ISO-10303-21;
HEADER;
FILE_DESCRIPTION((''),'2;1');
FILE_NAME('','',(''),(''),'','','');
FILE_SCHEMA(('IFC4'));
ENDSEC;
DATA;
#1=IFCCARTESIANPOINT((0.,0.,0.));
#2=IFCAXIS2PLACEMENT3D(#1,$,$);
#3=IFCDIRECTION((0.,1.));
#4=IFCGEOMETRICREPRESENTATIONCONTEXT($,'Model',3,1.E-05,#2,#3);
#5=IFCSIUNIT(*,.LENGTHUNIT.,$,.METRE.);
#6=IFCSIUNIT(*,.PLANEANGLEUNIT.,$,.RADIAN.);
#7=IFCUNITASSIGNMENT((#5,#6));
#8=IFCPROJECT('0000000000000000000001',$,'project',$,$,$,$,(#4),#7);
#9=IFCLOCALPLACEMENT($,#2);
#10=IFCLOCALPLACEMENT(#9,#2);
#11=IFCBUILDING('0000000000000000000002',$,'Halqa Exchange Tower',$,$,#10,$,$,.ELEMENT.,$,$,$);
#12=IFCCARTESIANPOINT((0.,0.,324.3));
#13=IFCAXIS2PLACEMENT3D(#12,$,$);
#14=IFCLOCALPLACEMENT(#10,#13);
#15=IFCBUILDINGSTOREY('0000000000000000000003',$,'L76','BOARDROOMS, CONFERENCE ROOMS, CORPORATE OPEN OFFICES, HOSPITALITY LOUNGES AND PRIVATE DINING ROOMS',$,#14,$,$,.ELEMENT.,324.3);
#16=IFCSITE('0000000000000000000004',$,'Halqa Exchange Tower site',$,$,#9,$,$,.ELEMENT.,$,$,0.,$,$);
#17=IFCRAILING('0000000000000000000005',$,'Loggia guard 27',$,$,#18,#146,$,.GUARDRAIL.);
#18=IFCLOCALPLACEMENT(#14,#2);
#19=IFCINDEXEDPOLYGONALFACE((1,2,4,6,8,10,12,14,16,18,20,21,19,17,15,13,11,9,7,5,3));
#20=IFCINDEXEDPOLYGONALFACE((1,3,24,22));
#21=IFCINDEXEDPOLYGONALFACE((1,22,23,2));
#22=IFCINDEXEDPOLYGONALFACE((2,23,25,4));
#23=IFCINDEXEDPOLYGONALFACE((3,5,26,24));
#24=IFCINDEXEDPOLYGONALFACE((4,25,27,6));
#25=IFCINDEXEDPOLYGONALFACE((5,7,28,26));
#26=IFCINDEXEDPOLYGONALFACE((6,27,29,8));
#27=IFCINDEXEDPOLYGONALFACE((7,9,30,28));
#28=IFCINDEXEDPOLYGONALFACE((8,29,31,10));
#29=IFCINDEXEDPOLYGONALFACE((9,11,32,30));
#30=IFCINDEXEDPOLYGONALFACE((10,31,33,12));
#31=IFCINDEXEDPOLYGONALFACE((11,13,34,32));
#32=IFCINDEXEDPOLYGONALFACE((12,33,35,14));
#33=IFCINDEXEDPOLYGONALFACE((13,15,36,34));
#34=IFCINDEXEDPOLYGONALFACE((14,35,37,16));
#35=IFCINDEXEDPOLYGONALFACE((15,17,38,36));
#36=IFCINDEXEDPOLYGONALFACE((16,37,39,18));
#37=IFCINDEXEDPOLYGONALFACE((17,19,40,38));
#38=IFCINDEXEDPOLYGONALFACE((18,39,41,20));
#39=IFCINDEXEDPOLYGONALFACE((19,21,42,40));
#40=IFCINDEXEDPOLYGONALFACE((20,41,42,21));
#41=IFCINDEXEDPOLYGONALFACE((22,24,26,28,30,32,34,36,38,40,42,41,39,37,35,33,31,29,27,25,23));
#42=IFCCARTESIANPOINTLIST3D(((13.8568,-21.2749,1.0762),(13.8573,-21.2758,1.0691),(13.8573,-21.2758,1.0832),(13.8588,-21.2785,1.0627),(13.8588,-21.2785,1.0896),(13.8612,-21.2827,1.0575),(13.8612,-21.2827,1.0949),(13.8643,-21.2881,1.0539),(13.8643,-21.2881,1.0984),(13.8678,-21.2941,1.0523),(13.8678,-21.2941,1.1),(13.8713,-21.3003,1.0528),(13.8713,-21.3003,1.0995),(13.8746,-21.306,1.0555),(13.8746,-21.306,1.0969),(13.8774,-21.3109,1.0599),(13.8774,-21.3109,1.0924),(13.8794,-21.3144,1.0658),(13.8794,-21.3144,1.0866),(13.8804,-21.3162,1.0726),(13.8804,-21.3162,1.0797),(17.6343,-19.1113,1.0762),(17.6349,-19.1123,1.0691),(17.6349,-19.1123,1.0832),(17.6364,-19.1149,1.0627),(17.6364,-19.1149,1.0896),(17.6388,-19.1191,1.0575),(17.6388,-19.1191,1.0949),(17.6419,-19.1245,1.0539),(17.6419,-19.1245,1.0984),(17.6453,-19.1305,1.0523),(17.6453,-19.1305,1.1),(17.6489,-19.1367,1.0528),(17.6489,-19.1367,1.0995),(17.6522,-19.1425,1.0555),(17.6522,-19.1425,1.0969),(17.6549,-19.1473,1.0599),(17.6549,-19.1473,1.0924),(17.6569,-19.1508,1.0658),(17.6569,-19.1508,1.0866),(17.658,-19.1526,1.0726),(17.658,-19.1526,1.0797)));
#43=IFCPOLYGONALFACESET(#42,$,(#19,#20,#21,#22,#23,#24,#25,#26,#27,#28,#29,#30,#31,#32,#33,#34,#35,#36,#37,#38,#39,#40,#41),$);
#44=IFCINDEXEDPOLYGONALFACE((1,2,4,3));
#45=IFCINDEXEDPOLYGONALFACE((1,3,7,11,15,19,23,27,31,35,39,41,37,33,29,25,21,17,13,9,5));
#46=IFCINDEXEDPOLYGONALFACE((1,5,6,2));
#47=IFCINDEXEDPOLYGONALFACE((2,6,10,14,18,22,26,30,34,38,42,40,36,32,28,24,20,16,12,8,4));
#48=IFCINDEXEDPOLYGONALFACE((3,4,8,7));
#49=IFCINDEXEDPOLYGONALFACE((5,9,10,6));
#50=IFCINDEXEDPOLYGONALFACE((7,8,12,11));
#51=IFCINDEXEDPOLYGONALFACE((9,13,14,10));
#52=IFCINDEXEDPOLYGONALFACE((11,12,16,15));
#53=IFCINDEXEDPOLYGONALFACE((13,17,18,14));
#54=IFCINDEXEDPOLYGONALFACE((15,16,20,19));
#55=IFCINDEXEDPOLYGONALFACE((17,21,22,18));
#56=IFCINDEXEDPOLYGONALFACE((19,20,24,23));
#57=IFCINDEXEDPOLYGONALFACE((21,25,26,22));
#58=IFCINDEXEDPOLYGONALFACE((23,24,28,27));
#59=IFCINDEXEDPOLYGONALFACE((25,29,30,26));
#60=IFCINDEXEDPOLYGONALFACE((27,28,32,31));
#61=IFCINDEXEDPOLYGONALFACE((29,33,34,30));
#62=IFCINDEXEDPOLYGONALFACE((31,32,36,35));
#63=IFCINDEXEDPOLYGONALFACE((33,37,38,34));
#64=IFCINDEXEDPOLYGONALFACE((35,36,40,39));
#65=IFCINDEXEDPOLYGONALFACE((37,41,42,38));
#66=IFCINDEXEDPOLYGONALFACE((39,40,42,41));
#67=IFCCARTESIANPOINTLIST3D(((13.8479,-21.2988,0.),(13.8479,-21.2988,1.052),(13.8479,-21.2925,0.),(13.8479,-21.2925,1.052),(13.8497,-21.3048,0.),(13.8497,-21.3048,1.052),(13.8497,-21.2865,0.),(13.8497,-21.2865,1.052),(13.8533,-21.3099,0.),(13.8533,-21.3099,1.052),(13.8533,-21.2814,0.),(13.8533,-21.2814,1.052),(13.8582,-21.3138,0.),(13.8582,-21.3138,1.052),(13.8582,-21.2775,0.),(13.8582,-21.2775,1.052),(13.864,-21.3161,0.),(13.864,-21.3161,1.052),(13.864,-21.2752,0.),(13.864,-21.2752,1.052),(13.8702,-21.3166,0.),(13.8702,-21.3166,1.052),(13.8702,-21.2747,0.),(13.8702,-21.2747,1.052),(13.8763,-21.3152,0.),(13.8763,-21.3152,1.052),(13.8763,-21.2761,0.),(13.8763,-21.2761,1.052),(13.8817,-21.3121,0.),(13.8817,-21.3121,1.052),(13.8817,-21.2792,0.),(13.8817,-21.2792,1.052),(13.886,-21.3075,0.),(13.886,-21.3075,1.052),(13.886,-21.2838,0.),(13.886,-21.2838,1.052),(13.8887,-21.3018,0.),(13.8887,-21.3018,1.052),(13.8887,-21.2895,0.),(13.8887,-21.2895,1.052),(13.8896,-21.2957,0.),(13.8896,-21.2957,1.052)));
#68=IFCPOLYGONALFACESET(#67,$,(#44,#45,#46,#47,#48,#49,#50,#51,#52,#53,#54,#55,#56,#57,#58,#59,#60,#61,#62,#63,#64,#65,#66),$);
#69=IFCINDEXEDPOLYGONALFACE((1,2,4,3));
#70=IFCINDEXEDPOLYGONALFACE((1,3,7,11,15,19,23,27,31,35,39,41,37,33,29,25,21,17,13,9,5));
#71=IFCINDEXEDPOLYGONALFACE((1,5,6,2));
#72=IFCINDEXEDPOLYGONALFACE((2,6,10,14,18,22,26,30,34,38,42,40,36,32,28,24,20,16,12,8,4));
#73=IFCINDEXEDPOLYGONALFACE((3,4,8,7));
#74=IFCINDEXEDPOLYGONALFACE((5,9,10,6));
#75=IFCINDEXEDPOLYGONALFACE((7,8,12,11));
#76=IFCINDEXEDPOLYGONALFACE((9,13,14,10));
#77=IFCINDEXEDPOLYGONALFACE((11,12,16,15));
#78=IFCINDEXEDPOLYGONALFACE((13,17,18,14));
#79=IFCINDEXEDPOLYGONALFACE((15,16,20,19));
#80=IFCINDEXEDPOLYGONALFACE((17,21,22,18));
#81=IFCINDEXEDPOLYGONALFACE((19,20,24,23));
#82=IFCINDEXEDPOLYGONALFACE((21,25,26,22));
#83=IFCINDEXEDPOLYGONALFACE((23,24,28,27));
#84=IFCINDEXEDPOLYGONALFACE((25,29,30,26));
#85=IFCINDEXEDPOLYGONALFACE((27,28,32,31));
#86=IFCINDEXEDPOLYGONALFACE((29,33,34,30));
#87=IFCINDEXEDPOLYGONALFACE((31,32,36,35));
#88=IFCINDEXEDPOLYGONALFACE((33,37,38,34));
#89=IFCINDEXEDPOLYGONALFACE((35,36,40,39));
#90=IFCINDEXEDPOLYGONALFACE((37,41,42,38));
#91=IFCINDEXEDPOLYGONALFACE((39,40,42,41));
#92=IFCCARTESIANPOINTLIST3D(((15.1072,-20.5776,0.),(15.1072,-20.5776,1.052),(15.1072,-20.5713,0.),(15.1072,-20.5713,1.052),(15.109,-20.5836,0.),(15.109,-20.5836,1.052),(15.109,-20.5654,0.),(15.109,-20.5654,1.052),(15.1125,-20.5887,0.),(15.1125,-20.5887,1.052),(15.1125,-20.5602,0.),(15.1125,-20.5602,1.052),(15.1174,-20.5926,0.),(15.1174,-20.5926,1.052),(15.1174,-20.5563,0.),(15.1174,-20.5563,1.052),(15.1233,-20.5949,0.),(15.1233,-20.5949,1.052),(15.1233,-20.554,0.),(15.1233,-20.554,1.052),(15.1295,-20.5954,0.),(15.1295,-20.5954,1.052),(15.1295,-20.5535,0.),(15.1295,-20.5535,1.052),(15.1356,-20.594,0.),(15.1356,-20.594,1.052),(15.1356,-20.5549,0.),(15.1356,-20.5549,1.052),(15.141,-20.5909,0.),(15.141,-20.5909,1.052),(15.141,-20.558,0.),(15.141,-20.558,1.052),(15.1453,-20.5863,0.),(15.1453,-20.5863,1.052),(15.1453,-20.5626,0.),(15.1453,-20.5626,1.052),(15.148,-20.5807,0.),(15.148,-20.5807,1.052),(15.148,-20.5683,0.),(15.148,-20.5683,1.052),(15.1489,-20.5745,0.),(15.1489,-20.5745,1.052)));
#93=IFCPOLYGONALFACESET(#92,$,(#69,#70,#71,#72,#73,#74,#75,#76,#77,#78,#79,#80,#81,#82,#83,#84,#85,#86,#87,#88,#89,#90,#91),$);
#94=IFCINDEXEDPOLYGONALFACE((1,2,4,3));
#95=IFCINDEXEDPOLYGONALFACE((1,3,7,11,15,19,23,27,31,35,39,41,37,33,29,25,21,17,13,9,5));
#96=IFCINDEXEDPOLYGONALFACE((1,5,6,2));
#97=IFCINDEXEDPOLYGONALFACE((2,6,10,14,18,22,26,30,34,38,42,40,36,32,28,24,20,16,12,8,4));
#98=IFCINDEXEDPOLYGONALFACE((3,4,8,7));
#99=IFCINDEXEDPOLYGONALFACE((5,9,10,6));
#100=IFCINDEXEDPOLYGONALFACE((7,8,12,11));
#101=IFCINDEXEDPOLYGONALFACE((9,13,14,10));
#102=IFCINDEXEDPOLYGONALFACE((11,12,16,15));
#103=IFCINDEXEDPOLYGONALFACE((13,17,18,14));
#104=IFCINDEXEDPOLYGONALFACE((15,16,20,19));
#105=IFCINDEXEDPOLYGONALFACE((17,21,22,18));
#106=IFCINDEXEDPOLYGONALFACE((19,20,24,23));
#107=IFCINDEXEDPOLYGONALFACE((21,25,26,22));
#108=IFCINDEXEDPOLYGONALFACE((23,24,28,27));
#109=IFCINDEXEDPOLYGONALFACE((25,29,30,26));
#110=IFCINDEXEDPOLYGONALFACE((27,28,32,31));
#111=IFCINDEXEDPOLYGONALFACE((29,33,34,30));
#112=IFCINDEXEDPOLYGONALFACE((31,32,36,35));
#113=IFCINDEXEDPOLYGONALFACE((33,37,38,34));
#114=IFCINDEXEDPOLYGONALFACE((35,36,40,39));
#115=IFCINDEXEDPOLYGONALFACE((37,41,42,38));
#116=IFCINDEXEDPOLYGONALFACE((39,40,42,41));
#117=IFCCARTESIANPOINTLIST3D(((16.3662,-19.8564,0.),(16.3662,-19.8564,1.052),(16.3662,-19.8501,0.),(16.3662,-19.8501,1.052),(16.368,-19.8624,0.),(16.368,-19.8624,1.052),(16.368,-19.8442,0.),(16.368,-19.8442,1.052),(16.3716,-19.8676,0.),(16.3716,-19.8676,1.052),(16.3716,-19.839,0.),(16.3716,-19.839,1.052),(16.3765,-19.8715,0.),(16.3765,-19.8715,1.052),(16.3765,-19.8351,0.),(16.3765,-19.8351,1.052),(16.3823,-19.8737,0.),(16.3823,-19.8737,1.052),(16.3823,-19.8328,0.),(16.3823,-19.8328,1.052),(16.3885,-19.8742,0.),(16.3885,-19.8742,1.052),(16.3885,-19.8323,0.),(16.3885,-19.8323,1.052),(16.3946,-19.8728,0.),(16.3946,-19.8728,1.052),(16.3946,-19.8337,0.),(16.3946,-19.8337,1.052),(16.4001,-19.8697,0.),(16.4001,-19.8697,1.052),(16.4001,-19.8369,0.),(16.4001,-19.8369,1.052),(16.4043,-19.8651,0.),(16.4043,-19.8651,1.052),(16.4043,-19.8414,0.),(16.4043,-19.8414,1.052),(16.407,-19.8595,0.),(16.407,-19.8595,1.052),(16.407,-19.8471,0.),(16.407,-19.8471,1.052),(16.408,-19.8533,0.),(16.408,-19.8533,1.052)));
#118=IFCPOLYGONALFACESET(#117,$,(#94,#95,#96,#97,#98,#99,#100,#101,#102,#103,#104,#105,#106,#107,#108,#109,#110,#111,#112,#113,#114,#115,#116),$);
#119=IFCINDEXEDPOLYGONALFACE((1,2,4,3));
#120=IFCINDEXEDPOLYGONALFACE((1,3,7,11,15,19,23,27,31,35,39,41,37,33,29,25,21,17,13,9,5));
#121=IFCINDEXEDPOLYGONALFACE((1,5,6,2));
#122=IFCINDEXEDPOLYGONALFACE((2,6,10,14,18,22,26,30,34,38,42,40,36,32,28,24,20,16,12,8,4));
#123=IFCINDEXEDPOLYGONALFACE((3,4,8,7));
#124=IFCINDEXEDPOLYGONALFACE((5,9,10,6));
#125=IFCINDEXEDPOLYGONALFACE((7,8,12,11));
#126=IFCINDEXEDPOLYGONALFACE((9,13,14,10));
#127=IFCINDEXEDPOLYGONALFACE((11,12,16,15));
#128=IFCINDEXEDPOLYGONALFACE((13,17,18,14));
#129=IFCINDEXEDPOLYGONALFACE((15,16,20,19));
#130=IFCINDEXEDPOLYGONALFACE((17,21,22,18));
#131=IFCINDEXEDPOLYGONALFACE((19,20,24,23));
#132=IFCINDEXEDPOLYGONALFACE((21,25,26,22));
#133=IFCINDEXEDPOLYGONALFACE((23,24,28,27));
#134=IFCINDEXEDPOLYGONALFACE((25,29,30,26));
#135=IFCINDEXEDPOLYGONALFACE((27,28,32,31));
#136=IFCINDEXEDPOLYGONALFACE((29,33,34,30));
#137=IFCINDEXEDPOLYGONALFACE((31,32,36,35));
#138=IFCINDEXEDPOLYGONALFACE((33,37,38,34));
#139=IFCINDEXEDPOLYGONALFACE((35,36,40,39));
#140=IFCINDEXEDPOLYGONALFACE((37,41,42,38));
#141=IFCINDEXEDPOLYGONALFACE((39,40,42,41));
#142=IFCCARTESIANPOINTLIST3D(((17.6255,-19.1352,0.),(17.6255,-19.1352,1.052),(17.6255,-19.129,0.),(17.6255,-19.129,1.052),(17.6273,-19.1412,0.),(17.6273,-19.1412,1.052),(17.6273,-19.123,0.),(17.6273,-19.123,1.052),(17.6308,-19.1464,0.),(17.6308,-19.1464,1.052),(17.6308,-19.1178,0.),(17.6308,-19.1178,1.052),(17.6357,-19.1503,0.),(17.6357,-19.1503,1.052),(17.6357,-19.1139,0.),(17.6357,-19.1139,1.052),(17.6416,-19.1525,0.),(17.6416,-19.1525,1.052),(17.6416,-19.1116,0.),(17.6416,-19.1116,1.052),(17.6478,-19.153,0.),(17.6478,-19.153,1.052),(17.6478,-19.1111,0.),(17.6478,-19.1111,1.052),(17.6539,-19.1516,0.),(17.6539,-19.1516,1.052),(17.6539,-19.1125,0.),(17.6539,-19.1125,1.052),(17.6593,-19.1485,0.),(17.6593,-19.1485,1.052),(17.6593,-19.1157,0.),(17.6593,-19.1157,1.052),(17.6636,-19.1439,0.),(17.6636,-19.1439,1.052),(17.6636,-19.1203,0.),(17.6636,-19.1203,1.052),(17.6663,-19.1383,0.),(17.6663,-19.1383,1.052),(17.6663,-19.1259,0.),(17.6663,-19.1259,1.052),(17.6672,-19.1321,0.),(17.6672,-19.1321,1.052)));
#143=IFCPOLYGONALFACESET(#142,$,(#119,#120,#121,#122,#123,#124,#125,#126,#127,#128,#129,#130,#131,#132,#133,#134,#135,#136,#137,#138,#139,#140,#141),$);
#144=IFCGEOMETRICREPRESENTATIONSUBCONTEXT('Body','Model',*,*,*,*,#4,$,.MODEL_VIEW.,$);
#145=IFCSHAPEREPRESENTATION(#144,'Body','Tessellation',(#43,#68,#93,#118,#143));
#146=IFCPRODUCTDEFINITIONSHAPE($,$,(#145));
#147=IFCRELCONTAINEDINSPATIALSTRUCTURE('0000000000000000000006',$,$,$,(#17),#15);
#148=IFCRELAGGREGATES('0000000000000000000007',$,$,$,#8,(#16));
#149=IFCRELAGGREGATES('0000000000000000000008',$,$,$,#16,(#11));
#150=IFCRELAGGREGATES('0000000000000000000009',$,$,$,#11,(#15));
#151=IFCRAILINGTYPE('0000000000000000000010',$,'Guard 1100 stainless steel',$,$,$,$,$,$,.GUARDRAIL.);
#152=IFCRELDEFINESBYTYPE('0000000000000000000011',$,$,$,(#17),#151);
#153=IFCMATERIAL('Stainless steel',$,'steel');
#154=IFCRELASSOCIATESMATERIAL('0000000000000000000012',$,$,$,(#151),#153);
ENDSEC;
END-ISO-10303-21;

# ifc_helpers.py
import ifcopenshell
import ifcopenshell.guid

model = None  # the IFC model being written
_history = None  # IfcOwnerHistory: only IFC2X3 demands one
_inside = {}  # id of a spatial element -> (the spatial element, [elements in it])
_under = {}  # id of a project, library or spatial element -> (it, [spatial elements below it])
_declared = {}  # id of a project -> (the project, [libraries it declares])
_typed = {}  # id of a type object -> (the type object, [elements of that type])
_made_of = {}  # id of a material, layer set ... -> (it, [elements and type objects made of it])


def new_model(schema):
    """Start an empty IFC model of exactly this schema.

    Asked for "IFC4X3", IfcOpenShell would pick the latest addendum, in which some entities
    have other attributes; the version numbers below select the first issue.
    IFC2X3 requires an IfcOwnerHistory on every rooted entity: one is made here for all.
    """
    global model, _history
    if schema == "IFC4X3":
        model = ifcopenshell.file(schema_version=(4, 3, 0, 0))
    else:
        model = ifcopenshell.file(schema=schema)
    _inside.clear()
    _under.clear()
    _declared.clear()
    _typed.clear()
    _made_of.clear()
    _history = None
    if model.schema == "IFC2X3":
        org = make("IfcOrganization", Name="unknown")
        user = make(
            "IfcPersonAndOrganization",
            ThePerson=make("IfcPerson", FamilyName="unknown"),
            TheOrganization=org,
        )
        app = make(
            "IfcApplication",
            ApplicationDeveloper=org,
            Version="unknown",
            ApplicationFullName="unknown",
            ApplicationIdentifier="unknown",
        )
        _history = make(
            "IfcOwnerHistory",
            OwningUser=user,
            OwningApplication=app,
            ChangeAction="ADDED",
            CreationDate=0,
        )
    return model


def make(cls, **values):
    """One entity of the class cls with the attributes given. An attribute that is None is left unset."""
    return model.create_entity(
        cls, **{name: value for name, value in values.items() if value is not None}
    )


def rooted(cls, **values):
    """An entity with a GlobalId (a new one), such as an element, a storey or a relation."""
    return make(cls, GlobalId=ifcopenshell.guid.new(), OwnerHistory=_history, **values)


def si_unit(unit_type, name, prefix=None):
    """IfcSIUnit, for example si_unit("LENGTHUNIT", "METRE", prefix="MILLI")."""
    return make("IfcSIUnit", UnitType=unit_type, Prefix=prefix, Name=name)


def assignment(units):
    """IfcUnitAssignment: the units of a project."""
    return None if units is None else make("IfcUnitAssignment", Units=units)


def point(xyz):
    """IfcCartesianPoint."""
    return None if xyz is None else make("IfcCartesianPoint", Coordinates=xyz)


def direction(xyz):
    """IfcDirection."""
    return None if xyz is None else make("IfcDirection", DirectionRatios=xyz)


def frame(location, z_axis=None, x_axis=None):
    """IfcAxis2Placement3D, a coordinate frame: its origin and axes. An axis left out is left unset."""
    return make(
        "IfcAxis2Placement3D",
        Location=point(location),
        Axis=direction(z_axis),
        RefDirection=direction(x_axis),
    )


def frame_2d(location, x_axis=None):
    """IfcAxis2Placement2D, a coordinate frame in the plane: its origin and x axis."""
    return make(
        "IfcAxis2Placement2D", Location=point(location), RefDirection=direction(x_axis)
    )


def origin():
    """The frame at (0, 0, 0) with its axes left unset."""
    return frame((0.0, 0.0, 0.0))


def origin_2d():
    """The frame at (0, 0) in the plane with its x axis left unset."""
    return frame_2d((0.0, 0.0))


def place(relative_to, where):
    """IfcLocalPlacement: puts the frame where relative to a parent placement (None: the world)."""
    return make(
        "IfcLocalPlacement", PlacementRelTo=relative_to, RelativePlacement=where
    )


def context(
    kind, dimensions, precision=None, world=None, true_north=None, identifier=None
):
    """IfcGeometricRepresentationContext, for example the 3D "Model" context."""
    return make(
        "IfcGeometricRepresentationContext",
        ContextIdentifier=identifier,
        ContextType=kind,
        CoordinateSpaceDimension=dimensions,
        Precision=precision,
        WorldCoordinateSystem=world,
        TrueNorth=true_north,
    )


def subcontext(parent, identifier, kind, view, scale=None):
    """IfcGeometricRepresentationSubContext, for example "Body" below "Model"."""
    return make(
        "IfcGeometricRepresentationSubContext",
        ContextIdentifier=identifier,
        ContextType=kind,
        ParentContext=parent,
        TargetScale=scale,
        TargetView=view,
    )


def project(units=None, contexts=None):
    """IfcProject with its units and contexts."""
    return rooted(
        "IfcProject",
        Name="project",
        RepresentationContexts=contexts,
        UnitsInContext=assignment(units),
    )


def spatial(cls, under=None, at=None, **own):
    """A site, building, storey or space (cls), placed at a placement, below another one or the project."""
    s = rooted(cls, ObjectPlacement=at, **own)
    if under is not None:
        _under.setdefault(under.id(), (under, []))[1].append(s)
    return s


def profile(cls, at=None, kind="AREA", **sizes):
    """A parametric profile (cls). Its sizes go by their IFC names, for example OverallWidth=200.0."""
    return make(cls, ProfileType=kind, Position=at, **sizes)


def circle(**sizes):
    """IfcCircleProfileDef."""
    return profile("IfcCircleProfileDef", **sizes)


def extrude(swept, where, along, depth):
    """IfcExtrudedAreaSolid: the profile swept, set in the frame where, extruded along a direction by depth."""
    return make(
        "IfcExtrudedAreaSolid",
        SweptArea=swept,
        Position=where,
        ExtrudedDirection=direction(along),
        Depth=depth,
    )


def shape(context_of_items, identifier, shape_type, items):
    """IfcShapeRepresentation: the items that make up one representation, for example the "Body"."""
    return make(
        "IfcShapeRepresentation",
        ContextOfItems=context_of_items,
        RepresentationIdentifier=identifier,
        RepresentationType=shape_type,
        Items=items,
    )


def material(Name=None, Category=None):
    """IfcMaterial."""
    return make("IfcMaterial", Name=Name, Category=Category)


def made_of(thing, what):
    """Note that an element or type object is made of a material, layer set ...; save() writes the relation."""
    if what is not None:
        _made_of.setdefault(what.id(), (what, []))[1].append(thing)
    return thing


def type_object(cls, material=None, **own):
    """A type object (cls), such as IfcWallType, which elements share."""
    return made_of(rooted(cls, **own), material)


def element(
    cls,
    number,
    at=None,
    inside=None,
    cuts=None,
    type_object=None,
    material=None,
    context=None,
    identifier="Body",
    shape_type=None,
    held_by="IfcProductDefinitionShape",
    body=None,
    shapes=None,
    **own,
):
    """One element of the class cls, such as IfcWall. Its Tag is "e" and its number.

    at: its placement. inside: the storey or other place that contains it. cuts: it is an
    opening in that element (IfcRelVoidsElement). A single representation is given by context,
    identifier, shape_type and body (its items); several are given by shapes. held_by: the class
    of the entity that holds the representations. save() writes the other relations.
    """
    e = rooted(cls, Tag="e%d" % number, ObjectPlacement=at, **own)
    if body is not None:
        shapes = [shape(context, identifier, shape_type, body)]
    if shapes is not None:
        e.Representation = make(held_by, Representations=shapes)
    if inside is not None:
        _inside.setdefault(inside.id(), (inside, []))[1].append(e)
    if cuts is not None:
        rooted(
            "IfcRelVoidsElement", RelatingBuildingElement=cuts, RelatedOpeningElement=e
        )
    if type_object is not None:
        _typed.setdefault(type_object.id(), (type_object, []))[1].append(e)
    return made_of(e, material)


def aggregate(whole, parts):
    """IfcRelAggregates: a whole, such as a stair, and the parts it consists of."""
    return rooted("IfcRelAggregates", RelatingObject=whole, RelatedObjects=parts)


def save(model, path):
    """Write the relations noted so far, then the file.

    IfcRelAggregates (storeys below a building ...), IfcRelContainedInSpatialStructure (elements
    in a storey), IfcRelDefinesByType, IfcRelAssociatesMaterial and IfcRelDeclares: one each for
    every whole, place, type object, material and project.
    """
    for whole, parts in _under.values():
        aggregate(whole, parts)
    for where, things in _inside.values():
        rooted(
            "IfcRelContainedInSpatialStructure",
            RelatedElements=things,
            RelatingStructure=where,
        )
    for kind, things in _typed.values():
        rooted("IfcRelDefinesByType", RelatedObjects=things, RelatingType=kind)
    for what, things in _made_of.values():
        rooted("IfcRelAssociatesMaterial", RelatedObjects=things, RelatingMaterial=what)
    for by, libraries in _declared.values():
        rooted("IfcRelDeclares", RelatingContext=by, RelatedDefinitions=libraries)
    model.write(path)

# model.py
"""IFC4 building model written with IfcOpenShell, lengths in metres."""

from ifc_helpers import new_model, si_unit, direction, frame, origin, origin_2d, place, context, subcontext, project, spatial, circle, extrude, material, type_object, element, save


model = new_model("IFC4")

# Units and contexts
model_context = context("Model", 3, precision=1e-05, world=origin(), true_north=direction((0.0, 1.0)))
body_context = subcontext(model_context, "Body", "Model", "MODEL_VIEW")
ifc_project = project(units=[si_unit("LENGTHUNIT", "METRE"), si_unit("PLANEANGLEUNIT", "RADIAN")], contexts=[model_context])

# Site, building, storey
site_placement = place(None, origin())
site = spatial("IfcSite", under=ifc_project, at=site_placement, Name="Halqa Exchange Tower site", CompositionType="ELEMENT", RefElevation=0.0)
building_placement = place(site_placement, origin())
building = spatial("IfcBuilding", under=site, at=building_placement, Name="Halqa Exchange Tower", CompositionType="ELEMENT")
storey_placement = place(building_placement, frame((0.0, 0.0, 324.3)))
storey = spatial("IfcBuildingStorey", under=building, at=storey_placement, Name="L76", Description="BOARDROOMS, CONFERENCE ROOMS, CORPORATE OPEN OFFICES, HOSPITALITY LOUNGES AND PRIVATE DINING ROOMS", CompositionType="ELEMENT", Elevation=324.3)

# Railing
ifc_material_1 = material(Name="Stainless steel", Category="steel")
railing_type = type_object("IfcRailingType", Name="Guard 1100 stainless steel", PredefinedType="GUARDRAIL", material=ifc_material_1)
railing_1_placement = place(storey_placement, frame((13.8687, -21.2957, 0.0)))
element("IfcRailing", 1, at=railing_1_placement, inside=storey, type_object=railing_type, Name="Loggia guard 27", PredefinedType="GUARDRAIL", context=body_context, shape_type="SweptSolid", body=[
    extrude(circle(Radius=0.0239, at=origin_2d()), frame((0.0, 0.0, 1.0762), z_axis=(0.867753, 0.496996, 0.0), x_axis=(-0.496996, 0.867753, 0.0)), (0.0, 0.0, 1.0), 4.3533),
    extrude(circle(Radius=0.021, at=origin_2d()), origin(), (0.0, 0.0, 1.0), 1.052),
    extrude(circle(Radius=0.021, at=origin_2d()), frame((1.2593, 0.7212, 0.0)), (0.0, 0.0, 1.0), 1.052),
    extrude(circle(Radius=0.021, at=origin_2d()), frame((2.5183, 1.4424, 0.0)), (0.0, 0.0, 1.0), 1.052),
    extrude(circle(Radius=0.021, at=origin_2d()), frame((3.7776, 2.1636, 0.0)), (0.0, 0.0, 1.0), 1.052),
])

save(model, "model.ifc")
